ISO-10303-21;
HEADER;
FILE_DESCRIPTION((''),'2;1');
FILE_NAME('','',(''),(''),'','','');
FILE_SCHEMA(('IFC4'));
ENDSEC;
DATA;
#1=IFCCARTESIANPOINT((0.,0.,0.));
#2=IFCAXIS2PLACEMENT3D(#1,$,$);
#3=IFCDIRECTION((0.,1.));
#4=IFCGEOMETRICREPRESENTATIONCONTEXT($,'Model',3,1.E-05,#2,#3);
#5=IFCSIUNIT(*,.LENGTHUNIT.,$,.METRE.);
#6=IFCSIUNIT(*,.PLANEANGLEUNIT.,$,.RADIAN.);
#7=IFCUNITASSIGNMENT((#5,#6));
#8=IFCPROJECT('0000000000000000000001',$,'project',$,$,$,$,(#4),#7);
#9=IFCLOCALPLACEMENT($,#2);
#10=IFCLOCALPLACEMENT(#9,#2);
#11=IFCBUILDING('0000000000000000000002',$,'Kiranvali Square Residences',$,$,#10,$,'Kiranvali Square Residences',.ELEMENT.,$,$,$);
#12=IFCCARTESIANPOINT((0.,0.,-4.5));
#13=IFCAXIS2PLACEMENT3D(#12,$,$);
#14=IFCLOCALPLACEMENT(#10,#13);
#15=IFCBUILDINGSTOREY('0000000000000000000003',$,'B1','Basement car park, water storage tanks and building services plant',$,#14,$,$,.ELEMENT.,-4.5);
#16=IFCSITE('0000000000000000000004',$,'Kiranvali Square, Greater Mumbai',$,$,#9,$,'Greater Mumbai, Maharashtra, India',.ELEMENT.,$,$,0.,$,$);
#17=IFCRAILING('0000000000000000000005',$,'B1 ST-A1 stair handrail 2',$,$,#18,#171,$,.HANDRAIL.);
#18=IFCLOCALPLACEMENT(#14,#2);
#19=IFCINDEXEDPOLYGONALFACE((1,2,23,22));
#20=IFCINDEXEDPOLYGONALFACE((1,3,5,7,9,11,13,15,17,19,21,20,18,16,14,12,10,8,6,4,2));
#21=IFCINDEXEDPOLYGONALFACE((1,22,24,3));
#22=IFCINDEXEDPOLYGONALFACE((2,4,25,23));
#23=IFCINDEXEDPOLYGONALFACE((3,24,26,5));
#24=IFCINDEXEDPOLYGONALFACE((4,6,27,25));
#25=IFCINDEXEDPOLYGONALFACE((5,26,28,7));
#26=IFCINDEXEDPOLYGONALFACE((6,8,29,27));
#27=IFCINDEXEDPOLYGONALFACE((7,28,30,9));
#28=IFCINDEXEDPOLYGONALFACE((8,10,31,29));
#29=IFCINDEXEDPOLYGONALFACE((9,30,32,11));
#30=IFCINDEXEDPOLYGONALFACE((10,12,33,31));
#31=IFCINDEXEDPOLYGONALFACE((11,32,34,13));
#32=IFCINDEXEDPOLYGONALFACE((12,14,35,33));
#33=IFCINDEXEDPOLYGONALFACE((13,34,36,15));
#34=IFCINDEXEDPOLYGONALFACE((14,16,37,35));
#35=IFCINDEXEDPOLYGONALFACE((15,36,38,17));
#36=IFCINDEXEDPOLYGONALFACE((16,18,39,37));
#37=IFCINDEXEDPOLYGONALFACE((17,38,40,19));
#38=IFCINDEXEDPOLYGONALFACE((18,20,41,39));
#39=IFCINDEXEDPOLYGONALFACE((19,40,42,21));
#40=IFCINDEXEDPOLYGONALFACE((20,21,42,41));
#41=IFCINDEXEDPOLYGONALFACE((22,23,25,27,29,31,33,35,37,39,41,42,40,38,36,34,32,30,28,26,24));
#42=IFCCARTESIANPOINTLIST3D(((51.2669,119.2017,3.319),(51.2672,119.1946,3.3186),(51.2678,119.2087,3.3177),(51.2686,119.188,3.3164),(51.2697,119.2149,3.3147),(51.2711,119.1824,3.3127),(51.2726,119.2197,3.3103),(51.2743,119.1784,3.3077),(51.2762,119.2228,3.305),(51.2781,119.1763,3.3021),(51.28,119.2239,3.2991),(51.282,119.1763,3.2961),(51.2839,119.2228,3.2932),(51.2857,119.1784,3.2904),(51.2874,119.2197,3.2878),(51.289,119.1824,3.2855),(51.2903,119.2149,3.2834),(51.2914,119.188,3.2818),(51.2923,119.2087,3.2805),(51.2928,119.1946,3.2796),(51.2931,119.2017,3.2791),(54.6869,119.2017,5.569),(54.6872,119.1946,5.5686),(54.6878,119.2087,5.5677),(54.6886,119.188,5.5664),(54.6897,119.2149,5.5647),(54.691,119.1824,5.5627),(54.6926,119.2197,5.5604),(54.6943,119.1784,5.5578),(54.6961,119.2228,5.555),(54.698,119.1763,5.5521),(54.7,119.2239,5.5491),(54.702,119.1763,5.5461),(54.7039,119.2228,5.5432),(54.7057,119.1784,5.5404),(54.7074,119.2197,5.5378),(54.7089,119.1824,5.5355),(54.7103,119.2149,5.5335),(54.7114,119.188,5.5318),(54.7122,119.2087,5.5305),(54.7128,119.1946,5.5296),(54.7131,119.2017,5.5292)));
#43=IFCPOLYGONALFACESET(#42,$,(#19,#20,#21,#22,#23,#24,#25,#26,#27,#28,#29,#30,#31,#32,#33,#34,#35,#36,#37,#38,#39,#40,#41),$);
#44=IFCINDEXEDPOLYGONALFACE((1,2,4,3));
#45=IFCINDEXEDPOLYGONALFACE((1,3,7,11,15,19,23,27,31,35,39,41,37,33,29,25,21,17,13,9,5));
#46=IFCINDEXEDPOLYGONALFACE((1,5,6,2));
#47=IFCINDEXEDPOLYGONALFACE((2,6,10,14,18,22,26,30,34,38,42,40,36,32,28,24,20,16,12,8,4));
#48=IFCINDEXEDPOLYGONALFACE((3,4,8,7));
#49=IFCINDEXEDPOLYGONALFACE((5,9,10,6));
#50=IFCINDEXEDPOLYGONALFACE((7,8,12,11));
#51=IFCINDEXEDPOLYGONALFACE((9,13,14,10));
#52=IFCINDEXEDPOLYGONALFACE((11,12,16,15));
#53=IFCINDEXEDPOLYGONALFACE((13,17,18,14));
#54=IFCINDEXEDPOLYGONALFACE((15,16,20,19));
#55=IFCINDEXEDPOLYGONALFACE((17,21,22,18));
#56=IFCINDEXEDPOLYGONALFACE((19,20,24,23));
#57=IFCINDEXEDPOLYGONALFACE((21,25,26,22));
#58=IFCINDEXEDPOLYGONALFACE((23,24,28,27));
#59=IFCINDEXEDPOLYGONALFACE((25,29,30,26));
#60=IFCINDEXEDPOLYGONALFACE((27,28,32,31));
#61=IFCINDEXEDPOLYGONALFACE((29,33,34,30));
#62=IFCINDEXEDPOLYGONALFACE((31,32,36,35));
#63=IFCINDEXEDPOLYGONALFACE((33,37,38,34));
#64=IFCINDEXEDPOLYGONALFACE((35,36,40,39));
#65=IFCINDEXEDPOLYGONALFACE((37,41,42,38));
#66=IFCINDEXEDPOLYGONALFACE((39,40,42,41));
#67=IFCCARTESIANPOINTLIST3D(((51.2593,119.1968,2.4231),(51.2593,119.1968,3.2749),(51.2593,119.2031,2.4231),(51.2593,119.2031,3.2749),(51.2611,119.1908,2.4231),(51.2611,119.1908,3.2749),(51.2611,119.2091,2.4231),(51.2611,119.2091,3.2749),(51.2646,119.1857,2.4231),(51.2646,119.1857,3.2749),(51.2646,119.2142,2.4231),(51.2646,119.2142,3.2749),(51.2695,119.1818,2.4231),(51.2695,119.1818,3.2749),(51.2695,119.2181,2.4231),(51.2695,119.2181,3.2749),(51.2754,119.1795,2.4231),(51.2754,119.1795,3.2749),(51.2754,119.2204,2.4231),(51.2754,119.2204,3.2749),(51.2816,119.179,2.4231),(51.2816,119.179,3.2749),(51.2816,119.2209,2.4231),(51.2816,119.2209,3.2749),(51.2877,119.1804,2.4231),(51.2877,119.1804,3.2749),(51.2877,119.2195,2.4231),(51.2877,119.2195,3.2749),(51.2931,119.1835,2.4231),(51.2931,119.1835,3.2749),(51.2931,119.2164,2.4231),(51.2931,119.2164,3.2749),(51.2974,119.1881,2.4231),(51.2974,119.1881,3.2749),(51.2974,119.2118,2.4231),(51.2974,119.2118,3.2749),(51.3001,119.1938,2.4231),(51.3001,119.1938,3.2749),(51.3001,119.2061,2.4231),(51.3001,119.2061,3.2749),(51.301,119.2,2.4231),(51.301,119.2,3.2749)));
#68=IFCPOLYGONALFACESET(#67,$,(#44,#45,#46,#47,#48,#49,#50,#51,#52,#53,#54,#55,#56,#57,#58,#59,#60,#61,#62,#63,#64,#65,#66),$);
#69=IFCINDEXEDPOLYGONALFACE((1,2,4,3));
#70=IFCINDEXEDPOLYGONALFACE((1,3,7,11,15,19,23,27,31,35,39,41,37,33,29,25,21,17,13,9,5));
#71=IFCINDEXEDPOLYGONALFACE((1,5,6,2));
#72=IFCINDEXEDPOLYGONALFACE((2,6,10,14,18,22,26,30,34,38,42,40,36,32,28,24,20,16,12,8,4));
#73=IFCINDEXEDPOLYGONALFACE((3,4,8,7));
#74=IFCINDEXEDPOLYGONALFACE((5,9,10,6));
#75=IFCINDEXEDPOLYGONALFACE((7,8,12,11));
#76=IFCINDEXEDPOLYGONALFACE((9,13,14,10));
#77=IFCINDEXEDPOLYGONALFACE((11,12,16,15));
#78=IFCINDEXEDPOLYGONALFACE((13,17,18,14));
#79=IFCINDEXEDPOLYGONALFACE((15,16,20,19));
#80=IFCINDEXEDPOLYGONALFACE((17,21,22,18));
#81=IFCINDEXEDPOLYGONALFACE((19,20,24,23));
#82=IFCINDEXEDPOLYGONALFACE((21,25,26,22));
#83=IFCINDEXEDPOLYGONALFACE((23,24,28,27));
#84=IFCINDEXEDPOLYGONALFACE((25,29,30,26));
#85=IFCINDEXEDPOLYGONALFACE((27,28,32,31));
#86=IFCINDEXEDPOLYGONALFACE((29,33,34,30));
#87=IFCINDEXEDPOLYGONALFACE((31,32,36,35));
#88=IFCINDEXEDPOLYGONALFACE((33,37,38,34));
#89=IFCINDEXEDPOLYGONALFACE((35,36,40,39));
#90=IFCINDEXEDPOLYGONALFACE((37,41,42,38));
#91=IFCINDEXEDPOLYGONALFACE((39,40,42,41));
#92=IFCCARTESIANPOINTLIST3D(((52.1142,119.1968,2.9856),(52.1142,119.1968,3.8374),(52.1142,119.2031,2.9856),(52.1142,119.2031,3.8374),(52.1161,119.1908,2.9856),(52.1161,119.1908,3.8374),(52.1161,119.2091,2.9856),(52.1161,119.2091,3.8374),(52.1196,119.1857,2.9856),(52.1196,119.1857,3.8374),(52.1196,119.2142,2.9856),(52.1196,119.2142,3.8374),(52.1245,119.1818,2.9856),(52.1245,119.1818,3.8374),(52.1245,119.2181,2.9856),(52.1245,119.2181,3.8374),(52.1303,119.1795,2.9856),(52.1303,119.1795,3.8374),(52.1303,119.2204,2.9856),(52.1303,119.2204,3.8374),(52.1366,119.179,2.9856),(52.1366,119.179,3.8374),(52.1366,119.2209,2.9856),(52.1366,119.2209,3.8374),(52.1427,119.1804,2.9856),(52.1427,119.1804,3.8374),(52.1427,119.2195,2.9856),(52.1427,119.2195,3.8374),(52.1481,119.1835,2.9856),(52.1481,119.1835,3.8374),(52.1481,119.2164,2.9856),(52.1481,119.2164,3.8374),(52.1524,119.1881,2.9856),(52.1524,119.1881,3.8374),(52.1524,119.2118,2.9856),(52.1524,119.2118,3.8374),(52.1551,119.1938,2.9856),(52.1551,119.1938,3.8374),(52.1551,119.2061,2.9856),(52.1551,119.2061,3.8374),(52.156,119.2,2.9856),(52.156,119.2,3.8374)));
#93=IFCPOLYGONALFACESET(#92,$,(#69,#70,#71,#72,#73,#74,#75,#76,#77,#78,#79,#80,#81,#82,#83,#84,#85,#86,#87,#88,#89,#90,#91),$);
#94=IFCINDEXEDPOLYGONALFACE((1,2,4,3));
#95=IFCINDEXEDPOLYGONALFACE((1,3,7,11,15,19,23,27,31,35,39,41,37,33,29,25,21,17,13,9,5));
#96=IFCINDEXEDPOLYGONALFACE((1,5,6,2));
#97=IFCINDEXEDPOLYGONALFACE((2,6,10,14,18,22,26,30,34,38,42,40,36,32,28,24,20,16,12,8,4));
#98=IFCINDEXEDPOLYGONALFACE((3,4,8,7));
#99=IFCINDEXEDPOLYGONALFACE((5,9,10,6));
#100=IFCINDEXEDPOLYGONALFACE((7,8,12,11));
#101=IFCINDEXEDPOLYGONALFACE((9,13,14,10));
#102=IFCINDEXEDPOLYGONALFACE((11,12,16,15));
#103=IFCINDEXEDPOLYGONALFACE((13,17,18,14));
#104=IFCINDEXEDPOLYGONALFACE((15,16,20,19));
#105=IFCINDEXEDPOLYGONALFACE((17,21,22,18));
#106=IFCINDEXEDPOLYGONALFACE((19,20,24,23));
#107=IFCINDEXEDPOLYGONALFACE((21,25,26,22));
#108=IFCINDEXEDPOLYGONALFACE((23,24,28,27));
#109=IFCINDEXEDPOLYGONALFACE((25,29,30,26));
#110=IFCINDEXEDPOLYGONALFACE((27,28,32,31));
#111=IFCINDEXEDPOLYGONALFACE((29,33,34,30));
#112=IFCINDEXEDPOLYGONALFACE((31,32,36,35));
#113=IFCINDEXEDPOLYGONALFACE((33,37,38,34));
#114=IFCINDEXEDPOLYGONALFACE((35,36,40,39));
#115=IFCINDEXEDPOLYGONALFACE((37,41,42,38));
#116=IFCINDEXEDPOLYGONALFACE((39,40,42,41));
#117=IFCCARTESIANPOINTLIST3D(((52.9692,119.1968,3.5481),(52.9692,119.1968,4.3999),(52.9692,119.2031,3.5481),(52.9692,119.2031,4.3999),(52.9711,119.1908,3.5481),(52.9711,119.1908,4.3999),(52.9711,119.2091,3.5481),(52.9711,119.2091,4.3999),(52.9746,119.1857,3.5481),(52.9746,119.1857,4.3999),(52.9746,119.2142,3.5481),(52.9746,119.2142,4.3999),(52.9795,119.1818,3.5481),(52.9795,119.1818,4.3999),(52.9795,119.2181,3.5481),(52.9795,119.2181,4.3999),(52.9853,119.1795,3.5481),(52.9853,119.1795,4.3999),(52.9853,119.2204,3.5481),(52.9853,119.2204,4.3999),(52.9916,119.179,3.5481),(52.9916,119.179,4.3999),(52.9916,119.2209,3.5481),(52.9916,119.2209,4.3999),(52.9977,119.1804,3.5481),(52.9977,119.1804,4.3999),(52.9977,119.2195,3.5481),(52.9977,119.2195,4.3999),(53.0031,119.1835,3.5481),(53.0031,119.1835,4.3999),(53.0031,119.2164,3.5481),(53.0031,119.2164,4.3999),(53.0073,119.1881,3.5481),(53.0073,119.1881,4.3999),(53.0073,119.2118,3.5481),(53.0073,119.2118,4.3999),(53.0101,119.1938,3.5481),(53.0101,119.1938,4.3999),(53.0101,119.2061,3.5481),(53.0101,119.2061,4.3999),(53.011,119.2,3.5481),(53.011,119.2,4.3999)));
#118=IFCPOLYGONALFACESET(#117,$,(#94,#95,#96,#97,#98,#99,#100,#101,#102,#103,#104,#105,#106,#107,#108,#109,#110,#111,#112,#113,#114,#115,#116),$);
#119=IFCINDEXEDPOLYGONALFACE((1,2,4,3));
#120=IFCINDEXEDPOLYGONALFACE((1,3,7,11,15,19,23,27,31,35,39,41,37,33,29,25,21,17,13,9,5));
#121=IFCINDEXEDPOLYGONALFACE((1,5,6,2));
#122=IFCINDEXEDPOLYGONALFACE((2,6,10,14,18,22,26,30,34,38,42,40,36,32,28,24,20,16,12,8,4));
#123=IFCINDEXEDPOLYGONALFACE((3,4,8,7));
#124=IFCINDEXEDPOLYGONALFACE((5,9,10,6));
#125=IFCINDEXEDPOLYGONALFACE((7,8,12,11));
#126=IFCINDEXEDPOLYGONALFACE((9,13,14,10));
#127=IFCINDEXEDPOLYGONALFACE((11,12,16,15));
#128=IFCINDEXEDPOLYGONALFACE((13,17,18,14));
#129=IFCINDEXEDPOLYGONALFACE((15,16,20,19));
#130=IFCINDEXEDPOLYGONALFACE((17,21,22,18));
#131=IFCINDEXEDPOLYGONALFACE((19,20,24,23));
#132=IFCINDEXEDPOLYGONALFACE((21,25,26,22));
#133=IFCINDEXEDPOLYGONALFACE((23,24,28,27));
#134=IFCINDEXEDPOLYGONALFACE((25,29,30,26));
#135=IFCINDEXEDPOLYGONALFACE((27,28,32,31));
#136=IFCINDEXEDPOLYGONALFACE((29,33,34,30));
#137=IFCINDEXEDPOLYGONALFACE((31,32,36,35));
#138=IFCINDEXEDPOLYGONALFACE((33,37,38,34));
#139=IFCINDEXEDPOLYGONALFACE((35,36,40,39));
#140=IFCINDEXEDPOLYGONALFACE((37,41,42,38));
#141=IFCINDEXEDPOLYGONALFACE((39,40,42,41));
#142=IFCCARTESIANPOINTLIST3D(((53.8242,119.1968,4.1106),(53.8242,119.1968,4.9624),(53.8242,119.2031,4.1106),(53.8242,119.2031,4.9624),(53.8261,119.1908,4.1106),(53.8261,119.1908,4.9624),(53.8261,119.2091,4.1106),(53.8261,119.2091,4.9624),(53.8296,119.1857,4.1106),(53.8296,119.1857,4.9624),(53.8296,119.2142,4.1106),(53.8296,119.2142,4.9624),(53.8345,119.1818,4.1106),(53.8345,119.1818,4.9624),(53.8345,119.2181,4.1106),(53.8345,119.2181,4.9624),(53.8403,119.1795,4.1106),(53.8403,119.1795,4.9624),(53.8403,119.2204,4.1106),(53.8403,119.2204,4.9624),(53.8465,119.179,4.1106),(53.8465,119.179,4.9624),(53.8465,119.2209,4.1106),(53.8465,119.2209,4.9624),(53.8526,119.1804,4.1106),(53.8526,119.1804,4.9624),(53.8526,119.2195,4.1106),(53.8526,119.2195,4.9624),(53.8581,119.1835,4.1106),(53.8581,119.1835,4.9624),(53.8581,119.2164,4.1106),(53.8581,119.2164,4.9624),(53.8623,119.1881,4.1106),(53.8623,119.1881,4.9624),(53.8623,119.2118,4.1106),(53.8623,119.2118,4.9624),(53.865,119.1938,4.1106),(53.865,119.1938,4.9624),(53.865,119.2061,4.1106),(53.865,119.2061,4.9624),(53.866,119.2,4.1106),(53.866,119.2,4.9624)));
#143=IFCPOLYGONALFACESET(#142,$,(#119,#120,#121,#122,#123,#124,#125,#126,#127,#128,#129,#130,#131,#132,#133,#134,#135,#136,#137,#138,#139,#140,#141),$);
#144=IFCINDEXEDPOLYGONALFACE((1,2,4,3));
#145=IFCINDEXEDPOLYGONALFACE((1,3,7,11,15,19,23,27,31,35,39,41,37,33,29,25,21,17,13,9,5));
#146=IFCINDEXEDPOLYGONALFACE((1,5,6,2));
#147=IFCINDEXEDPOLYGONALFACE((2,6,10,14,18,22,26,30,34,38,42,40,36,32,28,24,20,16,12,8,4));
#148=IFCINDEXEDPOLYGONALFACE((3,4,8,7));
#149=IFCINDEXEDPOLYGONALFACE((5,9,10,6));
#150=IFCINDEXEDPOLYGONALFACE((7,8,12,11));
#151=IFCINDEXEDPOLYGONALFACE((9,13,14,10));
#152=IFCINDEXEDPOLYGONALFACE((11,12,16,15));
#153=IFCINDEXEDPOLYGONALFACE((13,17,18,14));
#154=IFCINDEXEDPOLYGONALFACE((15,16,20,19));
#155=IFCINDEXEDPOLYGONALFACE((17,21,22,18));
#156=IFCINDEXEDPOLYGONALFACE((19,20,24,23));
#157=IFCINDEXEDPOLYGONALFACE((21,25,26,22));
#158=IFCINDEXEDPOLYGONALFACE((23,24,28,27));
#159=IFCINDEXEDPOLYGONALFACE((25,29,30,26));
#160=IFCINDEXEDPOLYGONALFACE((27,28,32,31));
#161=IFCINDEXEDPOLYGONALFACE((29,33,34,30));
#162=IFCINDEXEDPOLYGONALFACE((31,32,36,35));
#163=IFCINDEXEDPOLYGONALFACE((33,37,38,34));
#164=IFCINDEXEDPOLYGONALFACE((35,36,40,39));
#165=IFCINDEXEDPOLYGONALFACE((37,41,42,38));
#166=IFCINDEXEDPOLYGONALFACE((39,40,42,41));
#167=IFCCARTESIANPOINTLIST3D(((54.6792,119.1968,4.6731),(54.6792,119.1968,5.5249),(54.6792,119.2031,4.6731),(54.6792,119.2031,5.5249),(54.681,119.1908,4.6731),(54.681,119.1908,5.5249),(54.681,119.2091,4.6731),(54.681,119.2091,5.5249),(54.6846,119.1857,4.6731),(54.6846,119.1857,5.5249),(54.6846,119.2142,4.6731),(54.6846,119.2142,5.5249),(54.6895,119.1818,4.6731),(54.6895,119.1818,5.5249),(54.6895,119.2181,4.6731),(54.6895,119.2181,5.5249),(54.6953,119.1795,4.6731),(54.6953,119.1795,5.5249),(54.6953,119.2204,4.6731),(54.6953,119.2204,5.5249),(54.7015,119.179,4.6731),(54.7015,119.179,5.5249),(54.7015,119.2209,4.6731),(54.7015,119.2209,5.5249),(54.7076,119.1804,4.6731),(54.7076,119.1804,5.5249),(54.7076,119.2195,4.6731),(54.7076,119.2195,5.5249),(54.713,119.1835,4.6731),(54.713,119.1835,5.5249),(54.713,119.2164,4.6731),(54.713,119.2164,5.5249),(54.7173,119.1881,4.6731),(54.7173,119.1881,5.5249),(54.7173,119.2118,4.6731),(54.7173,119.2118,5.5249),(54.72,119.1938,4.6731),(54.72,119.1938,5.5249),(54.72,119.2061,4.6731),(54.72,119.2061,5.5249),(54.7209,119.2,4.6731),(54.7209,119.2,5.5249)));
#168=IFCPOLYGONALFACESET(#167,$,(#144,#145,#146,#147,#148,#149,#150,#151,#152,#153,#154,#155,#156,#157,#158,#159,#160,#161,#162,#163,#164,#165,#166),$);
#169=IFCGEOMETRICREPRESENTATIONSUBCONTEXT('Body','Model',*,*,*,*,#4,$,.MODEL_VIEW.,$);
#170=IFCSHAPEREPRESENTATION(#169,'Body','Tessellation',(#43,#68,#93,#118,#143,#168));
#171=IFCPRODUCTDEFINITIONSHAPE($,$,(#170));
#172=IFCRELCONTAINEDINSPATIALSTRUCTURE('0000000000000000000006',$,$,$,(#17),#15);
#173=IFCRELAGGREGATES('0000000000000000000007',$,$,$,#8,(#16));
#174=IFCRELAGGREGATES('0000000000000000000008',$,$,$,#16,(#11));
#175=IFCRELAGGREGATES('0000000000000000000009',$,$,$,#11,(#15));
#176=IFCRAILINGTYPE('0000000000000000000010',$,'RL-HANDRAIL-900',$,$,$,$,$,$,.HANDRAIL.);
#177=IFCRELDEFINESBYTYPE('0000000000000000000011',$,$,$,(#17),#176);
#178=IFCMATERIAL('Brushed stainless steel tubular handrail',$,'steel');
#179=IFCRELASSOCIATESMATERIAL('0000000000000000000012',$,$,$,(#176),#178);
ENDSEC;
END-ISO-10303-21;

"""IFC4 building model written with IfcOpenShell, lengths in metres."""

from ifc_helpers import new_model, si_unit, direction, frame, origin, origin_2d, place, context, subcontext, project, spatial, circle, extrude, material, type_object, element, save


model = new_model("IFC4")

# Units and contexts
model_context = context("Model", 3, precision=1e-05, world=origin(), true_north=direction((0.0, 1.0)))
body_context = subcontext(model_context, "Body", "Model", "MODEL_VIEW")
ifc_project = project(units=[si_unit("LENGTHUNIT", "METRE"), si_unit("PLANEANGLEUNIT", "RADIAN")], contexts=[model_context])

# Site, building, storey
site_placement = place(None, origin())
site = spatial("IfcSite", under=ifc_project, at=site_placement, Name="Kiranvali Square, Greater Mumbai", LongName="Greater Mumbai, Maharashtra, India", CompositionType="ELEMENT", RefElevation=0.0)
building_placement = place(site_placement, origin())
building = spatial("IfcBuilding", under=site, at=building_placement, Name="Kiranvali Square Residences", LongName="Kiranvali Square Residences", CompositionType="ELEMENT")
storey_placement = place(building_placement, frame((0.0, 0.0, -4.5)))
storey = spatial("IfcBuildingStorey", under=building, at=storey_placement, Name="B1", Description="Basement car park, water storage tanks and building services plant", CompositionType="ELEMENT", Elevation=-4.5)

# Railing
ifc_material_1 = material(Name="Brushed stainless steel tubular handrail", Category="steel")
railing_type_1 = type_object("IfcRailingType", Name="RL-HANDRAIL-900", PredefinedType="HANDRAIL", material=ifc_material_1)
railing_1_placement = place(storey_placement, frame((51.28, 119.2, 2.4231)))
element("IfcRailing", 1, at=railing_1_placement, inside=storey, type_object=railing_type_1, Name="B1 ST-A1 stair handrail 2", PredefinedType="HANDRAIL", context=body_context, shape_type="SweptSolid", body=[
    extrude(circle(Radius=0.0239, at=origin_2d()), frame((0.0, 0.0, 0.876), z_axis=(0.835411, 0.0, 0.549625), x_axis=(0.0, 1.0, 0.0)), (0.0, 0.0, 1.0), 4.0938),
    extrude(circle(Radius=0.021, at=origin_2d()), origin(), (0.0, 0.0, 1.0), 0.8518),
    extrude(circle(Radius=0.021, at=origin_2d()), frame((0.855, 0.0, 0.5625)), (0.0, 0.0, 1.0), 0.8518),
    extrude(circle(Radius=0.021, at=origin_2d()), frame((1.71, 0.0, 1.125)), (0.0, 0.0, 1.0), 0.8518),
    extrude(circle(Radius=0.021, at=origin_2d()), frame((2.5649, 0.0, 1.6875)), (0.0, 0.0, 1.0), 0.8518),
    extrude(circle(Radius=0.021, at=origin_2d()), frame((3.4199, 0.0, 2.25)), (0.0, 0.0, 1.0), 0.8518),
])

save(model, "model.ifc")
